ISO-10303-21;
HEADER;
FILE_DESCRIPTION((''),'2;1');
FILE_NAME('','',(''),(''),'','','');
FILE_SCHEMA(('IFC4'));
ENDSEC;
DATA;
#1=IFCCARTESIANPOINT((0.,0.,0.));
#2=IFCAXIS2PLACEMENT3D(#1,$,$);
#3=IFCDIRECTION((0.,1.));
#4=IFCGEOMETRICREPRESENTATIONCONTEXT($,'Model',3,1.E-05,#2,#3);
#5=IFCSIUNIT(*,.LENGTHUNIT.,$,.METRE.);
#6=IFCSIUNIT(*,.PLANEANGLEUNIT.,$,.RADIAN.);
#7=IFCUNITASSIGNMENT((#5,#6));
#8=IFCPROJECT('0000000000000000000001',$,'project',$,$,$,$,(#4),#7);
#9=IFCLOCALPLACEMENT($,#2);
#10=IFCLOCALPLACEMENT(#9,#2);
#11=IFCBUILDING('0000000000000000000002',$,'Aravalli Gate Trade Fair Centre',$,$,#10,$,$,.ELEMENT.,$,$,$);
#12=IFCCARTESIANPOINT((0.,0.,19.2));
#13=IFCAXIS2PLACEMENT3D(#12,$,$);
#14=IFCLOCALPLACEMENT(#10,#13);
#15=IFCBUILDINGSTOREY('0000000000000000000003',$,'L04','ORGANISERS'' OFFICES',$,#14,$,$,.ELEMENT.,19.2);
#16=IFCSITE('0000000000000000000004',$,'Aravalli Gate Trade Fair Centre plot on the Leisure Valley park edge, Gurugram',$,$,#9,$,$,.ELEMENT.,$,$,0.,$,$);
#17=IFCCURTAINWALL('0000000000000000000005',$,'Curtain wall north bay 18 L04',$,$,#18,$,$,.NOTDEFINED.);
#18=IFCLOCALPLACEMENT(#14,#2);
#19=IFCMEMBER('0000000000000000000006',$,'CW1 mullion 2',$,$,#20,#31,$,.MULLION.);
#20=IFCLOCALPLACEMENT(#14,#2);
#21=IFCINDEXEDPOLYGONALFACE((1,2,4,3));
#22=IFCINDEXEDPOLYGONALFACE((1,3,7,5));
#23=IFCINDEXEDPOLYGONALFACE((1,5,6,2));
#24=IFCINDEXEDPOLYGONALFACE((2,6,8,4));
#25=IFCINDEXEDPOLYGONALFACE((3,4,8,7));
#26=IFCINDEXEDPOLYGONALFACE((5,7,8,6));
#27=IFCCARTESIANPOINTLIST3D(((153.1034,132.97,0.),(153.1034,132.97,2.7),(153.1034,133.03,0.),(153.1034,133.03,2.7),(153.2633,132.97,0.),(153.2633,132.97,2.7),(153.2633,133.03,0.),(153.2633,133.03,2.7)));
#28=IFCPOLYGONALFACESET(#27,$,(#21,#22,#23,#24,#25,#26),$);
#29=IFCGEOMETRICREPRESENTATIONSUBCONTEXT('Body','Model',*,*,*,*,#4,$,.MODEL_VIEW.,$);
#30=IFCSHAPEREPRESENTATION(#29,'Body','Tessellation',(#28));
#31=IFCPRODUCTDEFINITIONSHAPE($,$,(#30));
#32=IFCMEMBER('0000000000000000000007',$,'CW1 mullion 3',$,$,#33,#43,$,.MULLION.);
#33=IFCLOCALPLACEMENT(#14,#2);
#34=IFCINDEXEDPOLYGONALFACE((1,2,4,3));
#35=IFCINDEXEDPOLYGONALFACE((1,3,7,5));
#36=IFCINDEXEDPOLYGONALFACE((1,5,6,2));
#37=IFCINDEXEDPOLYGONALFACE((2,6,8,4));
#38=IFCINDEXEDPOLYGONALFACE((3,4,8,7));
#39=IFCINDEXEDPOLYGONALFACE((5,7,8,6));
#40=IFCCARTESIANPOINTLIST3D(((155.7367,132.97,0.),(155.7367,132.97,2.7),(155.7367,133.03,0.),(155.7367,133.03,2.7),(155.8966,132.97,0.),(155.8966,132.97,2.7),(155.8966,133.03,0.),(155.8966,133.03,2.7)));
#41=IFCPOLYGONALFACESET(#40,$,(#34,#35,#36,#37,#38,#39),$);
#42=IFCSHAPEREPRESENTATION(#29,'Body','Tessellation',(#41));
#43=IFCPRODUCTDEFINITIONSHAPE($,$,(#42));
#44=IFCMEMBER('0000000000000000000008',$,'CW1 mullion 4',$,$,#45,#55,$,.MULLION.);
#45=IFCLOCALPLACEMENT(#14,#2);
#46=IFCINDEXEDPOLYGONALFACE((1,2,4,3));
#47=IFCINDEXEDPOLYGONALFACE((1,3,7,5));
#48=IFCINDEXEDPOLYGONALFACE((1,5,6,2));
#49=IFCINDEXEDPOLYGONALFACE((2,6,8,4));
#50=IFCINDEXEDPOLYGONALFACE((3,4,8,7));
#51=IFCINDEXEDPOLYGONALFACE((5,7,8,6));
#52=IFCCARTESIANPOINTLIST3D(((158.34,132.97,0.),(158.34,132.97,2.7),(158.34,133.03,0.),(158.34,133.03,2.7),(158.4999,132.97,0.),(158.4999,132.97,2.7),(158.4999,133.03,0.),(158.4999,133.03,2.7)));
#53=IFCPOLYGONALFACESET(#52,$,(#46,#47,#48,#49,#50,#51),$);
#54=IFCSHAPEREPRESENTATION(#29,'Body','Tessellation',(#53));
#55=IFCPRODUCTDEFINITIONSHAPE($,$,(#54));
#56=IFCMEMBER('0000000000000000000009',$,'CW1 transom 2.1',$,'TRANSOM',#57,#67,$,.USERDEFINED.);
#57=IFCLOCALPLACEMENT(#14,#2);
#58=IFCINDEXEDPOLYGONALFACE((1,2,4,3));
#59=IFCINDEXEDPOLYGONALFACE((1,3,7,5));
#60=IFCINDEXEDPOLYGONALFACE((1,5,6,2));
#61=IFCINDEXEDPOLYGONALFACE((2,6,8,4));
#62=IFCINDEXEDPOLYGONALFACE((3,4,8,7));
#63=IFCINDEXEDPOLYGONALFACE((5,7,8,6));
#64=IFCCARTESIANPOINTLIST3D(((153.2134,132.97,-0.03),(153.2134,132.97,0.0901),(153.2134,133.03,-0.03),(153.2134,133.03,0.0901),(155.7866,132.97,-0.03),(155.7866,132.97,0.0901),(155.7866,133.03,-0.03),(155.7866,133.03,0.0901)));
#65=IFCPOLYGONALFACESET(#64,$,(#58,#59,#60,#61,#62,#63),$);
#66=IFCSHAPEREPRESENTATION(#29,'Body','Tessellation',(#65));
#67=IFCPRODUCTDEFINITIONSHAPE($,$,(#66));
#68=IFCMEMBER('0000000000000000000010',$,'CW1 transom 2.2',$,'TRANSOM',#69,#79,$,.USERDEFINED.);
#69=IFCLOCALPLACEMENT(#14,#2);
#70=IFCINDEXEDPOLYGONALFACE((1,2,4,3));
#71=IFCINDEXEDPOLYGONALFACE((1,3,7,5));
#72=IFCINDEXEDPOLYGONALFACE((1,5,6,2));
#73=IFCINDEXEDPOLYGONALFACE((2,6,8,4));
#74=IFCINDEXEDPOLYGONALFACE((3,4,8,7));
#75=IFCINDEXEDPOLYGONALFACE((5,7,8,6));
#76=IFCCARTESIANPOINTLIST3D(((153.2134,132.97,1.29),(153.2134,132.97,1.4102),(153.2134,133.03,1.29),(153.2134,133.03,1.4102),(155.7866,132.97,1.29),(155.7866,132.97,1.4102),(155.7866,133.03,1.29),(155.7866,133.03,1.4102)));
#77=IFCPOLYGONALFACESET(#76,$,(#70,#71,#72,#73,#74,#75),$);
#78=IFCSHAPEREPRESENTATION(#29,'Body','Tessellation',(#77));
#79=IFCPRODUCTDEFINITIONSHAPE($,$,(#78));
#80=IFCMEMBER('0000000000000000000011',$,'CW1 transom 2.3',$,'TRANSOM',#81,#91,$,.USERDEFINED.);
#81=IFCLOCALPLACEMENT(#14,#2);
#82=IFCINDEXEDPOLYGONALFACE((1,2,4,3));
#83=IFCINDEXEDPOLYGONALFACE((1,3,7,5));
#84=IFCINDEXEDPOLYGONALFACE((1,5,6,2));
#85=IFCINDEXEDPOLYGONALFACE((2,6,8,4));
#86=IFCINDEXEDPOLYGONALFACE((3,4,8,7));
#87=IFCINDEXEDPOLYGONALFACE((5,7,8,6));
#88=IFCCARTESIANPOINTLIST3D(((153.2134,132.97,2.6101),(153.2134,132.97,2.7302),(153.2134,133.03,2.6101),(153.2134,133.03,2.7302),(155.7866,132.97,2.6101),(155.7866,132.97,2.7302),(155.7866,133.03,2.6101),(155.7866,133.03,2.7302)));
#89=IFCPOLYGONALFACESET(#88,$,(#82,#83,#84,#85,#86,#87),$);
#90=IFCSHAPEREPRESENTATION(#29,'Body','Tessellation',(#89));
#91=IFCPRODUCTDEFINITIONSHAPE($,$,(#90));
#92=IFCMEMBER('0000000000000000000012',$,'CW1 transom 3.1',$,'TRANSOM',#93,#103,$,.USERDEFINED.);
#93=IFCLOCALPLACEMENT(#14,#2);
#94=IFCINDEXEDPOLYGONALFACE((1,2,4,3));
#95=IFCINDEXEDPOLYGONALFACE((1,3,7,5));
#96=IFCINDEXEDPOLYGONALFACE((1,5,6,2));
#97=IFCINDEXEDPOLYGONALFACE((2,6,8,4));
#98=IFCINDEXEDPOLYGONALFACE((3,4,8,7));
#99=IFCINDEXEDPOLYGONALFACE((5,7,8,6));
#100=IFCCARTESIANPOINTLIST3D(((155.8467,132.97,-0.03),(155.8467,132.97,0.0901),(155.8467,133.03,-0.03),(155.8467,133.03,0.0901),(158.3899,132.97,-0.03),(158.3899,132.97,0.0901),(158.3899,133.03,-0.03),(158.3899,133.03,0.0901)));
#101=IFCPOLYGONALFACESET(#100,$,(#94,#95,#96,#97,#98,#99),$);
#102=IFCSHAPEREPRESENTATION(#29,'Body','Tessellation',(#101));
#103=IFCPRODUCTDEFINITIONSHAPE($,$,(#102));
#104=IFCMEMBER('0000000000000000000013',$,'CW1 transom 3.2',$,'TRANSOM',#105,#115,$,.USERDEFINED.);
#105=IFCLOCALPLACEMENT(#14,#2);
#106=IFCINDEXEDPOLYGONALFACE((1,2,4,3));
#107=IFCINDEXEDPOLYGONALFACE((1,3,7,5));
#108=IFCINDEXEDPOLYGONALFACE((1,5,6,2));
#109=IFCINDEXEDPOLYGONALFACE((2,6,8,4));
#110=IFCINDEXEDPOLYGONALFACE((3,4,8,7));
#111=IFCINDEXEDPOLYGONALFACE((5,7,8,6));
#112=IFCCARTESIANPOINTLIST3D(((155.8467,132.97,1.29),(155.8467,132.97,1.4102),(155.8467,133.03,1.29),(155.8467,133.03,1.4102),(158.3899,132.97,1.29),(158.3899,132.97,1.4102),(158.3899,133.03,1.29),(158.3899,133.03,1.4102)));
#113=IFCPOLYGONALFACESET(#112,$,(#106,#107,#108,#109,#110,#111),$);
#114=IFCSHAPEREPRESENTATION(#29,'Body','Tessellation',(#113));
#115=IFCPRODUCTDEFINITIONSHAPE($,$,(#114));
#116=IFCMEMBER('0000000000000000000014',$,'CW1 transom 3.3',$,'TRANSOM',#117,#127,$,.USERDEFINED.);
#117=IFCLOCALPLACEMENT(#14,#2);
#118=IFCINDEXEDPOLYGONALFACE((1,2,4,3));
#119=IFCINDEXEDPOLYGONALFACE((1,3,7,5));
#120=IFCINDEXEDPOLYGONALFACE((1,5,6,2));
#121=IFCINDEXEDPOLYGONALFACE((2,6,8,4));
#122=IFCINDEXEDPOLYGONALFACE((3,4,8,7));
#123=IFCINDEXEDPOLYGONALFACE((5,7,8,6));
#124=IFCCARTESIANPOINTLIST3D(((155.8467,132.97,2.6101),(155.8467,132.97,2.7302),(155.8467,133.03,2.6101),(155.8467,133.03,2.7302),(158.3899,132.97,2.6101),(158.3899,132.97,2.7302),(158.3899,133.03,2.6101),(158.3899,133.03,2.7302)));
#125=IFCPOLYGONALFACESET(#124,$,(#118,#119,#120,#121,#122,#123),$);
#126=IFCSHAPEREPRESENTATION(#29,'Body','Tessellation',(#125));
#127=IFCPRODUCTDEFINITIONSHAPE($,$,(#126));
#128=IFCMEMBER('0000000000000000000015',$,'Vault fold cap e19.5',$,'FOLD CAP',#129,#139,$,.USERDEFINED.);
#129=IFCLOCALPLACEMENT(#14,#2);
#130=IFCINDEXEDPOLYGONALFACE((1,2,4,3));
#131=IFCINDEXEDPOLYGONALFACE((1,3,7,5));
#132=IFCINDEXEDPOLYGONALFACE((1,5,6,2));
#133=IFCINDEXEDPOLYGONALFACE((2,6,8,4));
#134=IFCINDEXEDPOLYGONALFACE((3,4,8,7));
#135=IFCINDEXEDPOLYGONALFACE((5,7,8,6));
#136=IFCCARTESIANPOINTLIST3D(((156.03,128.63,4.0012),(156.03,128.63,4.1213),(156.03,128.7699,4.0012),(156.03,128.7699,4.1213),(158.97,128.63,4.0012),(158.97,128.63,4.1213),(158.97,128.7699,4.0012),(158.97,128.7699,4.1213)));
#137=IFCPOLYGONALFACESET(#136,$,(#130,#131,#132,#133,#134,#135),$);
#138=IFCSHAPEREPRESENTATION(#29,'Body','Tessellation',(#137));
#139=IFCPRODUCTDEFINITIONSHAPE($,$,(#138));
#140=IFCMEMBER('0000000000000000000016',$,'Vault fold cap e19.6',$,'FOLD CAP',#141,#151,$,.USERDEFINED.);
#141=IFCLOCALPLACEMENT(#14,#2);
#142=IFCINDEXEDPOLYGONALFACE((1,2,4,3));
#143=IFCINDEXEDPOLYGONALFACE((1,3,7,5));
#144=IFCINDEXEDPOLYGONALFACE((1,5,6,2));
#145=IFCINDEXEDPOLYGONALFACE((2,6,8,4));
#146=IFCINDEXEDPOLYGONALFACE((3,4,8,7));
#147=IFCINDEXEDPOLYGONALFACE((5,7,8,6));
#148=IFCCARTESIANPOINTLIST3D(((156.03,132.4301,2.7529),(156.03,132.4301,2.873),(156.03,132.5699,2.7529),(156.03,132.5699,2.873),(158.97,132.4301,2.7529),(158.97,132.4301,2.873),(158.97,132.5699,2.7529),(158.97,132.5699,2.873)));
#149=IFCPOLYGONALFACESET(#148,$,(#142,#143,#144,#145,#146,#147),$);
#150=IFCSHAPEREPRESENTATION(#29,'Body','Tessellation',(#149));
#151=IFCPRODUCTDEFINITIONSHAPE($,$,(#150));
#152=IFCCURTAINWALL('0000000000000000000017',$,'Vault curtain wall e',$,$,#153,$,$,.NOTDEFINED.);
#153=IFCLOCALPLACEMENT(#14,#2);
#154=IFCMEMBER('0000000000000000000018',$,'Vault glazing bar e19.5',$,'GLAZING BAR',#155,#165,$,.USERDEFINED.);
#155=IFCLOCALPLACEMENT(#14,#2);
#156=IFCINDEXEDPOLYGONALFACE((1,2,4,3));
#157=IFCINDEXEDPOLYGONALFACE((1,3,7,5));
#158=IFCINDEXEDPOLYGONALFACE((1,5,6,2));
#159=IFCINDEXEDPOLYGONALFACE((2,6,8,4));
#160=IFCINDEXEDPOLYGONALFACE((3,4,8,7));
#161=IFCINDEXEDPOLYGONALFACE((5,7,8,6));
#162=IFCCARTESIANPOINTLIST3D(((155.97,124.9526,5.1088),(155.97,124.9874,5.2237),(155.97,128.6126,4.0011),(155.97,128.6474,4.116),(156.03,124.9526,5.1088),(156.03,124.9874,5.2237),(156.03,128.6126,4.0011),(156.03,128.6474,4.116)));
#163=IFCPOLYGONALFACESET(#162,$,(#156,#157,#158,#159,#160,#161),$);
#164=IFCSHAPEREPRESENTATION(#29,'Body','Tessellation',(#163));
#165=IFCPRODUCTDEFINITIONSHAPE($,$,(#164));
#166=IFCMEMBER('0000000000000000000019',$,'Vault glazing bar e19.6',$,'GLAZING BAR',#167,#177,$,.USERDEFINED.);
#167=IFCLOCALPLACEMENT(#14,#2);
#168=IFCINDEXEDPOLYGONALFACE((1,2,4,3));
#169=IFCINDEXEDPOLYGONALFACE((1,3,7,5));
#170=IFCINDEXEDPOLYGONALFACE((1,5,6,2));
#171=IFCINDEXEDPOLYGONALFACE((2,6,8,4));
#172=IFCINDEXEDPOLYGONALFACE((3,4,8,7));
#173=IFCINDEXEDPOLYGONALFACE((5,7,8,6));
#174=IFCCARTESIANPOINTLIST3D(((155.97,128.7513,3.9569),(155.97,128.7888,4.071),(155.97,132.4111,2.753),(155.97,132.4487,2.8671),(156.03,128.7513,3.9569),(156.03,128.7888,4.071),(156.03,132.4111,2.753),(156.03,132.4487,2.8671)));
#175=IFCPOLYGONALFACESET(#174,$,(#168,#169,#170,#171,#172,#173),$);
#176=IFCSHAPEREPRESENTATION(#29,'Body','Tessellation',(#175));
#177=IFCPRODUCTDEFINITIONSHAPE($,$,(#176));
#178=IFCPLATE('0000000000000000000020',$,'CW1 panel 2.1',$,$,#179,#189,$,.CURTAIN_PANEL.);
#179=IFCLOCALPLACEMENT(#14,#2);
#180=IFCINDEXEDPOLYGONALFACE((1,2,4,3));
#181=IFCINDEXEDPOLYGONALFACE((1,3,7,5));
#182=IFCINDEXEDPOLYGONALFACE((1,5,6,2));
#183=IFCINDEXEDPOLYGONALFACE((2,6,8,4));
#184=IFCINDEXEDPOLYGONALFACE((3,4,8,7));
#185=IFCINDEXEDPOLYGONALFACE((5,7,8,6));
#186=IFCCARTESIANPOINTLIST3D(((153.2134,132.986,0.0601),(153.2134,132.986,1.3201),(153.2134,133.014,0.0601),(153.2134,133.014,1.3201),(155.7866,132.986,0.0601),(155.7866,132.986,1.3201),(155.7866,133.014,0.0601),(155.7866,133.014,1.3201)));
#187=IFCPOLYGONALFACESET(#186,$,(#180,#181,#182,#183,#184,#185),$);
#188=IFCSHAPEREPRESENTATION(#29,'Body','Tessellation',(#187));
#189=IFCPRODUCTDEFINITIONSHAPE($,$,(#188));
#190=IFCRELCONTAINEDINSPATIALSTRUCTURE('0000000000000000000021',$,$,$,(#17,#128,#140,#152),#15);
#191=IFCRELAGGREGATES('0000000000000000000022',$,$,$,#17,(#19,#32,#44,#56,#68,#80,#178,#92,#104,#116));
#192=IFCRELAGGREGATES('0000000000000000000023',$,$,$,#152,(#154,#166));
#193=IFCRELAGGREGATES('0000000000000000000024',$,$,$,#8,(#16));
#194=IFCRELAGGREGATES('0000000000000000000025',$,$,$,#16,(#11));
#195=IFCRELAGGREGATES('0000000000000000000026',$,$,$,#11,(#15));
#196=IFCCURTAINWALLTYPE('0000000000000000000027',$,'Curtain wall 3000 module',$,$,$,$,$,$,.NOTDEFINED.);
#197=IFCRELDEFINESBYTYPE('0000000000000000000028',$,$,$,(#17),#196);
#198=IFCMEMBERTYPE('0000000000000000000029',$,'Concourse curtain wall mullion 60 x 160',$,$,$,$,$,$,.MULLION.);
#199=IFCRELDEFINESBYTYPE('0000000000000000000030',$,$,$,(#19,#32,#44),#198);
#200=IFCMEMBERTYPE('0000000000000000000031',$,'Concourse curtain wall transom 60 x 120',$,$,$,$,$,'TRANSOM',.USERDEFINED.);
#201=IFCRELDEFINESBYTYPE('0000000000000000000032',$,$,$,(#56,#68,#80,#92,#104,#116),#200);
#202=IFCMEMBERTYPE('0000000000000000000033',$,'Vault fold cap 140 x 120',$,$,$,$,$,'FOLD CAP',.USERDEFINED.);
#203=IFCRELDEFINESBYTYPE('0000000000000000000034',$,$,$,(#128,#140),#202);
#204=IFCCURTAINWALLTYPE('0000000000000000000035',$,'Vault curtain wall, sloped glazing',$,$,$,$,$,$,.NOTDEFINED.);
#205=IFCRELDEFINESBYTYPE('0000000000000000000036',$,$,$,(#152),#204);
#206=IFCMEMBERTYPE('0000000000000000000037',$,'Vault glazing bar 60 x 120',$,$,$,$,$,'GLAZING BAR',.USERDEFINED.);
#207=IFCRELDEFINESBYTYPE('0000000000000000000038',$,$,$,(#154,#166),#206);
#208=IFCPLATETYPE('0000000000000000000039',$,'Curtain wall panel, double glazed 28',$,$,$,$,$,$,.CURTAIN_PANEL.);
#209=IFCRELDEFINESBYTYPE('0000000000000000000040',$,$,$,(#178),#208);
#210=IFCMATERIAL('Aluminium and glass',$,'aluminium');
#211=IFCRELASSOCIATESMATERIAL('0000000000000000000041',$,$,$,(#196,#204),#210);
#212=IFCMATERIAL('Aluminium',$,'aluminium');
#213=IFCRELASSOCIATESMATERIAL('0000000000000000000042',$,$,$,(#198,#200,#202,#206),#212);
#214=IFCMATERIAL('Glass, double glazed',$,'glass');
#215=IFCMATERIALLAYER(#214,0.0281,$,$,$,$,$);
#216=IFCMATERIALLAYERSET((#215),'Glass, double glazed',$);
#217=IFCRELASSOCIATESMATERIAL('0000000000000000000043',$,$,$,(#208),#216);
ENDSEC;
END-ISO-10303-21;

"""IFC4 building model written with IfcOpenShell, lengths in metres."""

from ifc_helpers import new_model, si_unit, direction, frame, origin, origin_2d, place, context, subcontext, project, spatial, rectangle, extrude, material, layer, layer_set, material_profile, profile_set, type_object, element, aggregate, save


model = new_model("IFC4")

# Units and contexts
model_context = context("Model", 3, precision=1e-05, world=origin(), true_north=direction((0.0, 1.0)))
body_context = subcontext(model_context, "Body", "Model", "MODEL_VIEW")
ifc_project = project(units=[si_unit("LENGTHUNIT", "METRE"), si_unit("PLANEANGLEUNIT", "RADIAN")], contexts=[model_context])

# Site, building, storey
site_placement = place(None, origin())
site = spatial("IfcSite", under=ifc_project, at=site_placement, Name="Aravalli Gate Trade Fair Centre plot on the Leisure Valley park edge, Gurugram", CompositionType="ELEMENT", RefElevation=0.0)
building_placement = place(site_placement, origin())
building = spatial("IfcBuilding", under=site, at=building_placement, Name="Aravalli Gate Trade Fair Centre", CompositionType="ELEMENT")
storey_placement = place(building_placement, frame((0.0, 0.0, 19.2)))
storey = spatial("IfcBuildingStorey", under=building, at=storey_placement, Name="L04", Description="ORGANISERS' OFFICES", CompositionType="ELEMENT", Elevation=19.2)

# Curtain wall, members
ifc_material_1 = material(Name="Aluminium and glass", Category="aluminium")
curtain_wall_type_1 = type_object("IfcCurtainWallType", Name="Curtain wall 3000 module", PredefinedType="NOTDEFINED", material=ifc_material_1)
curtain_wall_1_placement = place(storey_placement, origin())
curtain_wall_1 = element("IfcCurtainWall", 1, at=curtain_wall_1_placement, inside=storey, type_object=curtain_wall_type_1, Name="Curtain wall north bay 18 L04", PredefinedType="NOTDEFINED")
ifc_material_2 = material(Name="Aluminium", Category="aluminium")
ifc_material_profile_1 = material_profile(ifc_material_2, rectangle(XDim=0.0601, YDim=0.1599, at=origin_2d()), Name="Concourse curtain wall mullion 60 x 160")
ifc_profile_set_1 = profile_set([ifc_material_profile_1], Name="Aluminium")
member_type_1 = type_object("IfcMemberType", Name="Concourse curtain wall mullion 60 x 160", PredefinedType="MULLION", material=ifc_profile_set_1)
member_1_placement = place(storey_placement, frame((153.1833, 133.0, 0.0), z_axis=(0.0, 0.0, 1.0), x_axis=(0.0, 1.0, 0.0)))
member_1 = element("IfcMember", 2, at=member_1_placement, type_object=member_type_1, Name="CW1 mullion 2", PredefinedType="MULLION", context=body_context, shape_type="SweptSolid", body=[
    extrude(rectangle(XDim=0.0601, YDim=0.1599, at=origin_2d()), origin(), (0.0, 0.0, 1.0), 2.7),
])
member_2_placement = place(storey_placement, frame((155.8167, 133.0, 0.0), z_axis=(0.0, 0.0, 1.0), x_axis=(0.0, 1.0, 0.0)))
member_2 = element("IfcMember", 3, at=member_2_placement, type_object=member_type_1, Name="CW1 mullion 3", PredefinedType="MULLION", context=body_context, shape_type="SweptSolid", body=[
    extrude(rectangle(XDim=0.0601, YDim=0.1599, at=origin_2d()), origin(), (0.0, 0.0, 1.0), 2.7),
])
member_3_placement = place(storey_placement, frame((158.4199, 133.0, 0.0), z_axis=(0.0, 0.0, 1.0), x_axis=(0.0, 1.0, 0.0)))
member_3 = element("IfcMember", 4, at=member_3_placement, type_object=member_type_1, Name="CW1 mullion 4", PredefinedType="MULLION", context=body_context, shape_type="SweptSolid", body=[
    extrude(rectangle(XDim=0.0601, YDim=0.1599, at=origin_2d()), origin(), (0.0, 0.0, 1.0), 2.7),
])
ifc_material_profile_2 = material_profile(ifc_material_2, rectangle(XDim=0.0601, YDim=0.1201, at=origin_2d()), Name="Concourse curtain wall transom 60 x 120")
ifc_profile_set_2 = profile_set([ifc_material_profile_2], Name="Aluminium")
member_type_2 = type_object("IfcMemberType", Name="Concourse curtain wall transom 60 x 120", ElementType="TRANSOM", PredefinedType="USERDEFINED", material=ifc_profile_set_2)
member_4_placement = place(storey_placement, frame((153.2134, 133.0, 0.03), z_axis=(1.0, 0.0, 0.0), x_axis=(0.0, 1.0, 0.0)))
member_4 = element("IfcMember", 5, at=member_4_placement, type_object=member_type_2, Name="CW1 transom 2.1", ObjectType="TRANSOM", PredefinedType="USERDEFINED", context=body_context, shape_type="SweptSolid", body=[
    extrude(rectangle(XDim=0.0601, YDim=0.1201, at=origin_2d()), origin(), (0.0, 0.0, 1.0), 2.5732),
])
member_5_placement = place(storey_placement, frame((153.2134, 133.0, 1.3501), z_axis=(1.0, 0.0, 0.0), x_axis=(0.0, 1.0, 0.0)))
member_5 = element("IfcMember", 6, at=member_5_placement, type_object=member_type_2, Name="CW1 transom 2.2", ObjectType="TRANSOM", PredefinedType="USERDEFINED", context=body_context, shape_type="SweptSolid", body=[
    extrude(rectangle(XDim=0.0601, YDim=0.1201, at=origin_2d()), origin(), (0.0, 0.0, 1.0), 2.5732),
])
member_6_placement = place(storey_placement, frame((153.2134, 133.0, 2.6702), z_axis=(1.0, 0.0, 0.0), x_axis=(0.0, 1.0, 0.0)))
member_6 = element("IfcMember", 7, at=member_6_placement, type_object=member_type_2, Name="CW1 transom 2.3", ObjectType="TRANSOM", PredefinedType="USERDEFINED", context=body_context, shape_type="SweptSolid", body=[
    extrude(rectangle(XDim=0.0601, YDim=0.1201, at=origin_2d()), origin(), (0.0, 0.0, 1.0), 2.5732),
])
member_7_placement = place(storey_placement, frame((155.8467, 133.0, 0.03), z_axis=(1.0, 0.0, 0.0), x_axis=(0.0, 1.0, 0.0)))
member_7 = element("IfcMember", 8, at=member_7_placement, type_object=member_type_2, Name="CW1 transom 3.1", ObjectType="TRANSOM", PredefinedType="USERDEFINED", context=body_context, shape_type="SweptSolid", body=[
    extrude(rectangle(XDim=0.0601, YDim=0.1201, at=origin_2d()), origin(), (0.0, 0.0, 1.0), 2.5432),
])
member_8_placement = place(storey_placement, frame((155.8467, 133.0, 1.3501), z_axis=(1.0, 0.0, 0.0), x_axis=(0.0, 1.0, 0.0)))
member_8 = element("IfcMember", 9, at=member_8_placement, type_object=member_type_2, Name="CW1 transom 3.2", ObjectType="TRANSOM", PredefinedType="USERDEFINED", context=body_context, shape_type="SweptSolid", body=[
    extrude(rectangle(XDim=0.0601, YDim=0.1201, at=origin_2d()), origin(), (0.0, 0.0, 1.0), 2.5432),
])
member_9_placement = place(storey_placement, frame((155.8467, 133.0, 2.6702), z_axis=(1.0, 0.0, 0.0), x_axis=(0.0, 1.0, 0.0)))
member_9 = element("IfcMember", 10, at=member_9_placement, type_object=member_type_2, Name="CW1 transom 3.3", ObjectType="TRANSOM", PredefinedType="USERDEFINED", context=body_context, shape_type="SweptSolid", body=[
    extrude(rectangle(XDim=0.0601, YDim=0.1201, at=origin_2d()), origin(), (0.0, 0.0, 1.0), 2.5432),
])

# Members
ifc_material_profile_3 = material_profile(ifc_material_2, rectangle(XDim=0.1399, YDim=0.1201, at=origin_2d()), Name="Vault fold cap 140 x 120")
ifc_profile_set_3 = profile_set([ifc_material_profile_3], Name="Aluminium")
member_type_3 = type_object("IfcMemberType", Name="Vault fold cap 140 x 120", ElementType="FOLD CAP", PredefinedType="USERDEFINED", material=ifc_profile_set_3)
for number, where, z_axis, x_axis, name in (
    (11, (156.03, 128.7, 4.0613), (1.0, 0.0, 0.0), (0.0, 1.0, 0.0), "Vault fold cap e19.5"),
    (12, (156.03, 132.5, 2.813), (1.0, 0.0, 0.0), (0.0, 1.0, 0.0), "Vault fold cap e19.6"),
):
    element("IfcMember", number, at=place(storey_placement, frame(where, z_axis=z_axis, x_axis=x_axis)), inside=storey, type_object=member_type_3, Name=name, ObjectType="FOLD CAP", PredefinedType="USERDEFINED", context=body_context, shape_type="SweptSolid", body=[
        extrude(rectangle(XDim=0.1399, YDim=0.1201, at=origin_2d()), origin(), (0.0, 0.0, 1.0), 2.9399),
    ])

# Curtain wall, members
curtain_wall_type_2 = type_object("IfcCurtainWallType", Name="Vault curtain wall, sloped glazing", PredefinedType="NOTDEFINED", material=ifc_material_1)
curtain_wall_2_placement = place(storey_placement, origin())
curtain_wall_2 = element("IfcCurtainWall", 13, at=curtain_wall_2_placement, inside=storey, type_object=curtain_wall_type_2, Name="Vault curtain wall e", PredefinedType="NOTDEFINED")
ifc_material_profile_4 = material_profile(ifc_material_2, rectangle(XDim=0.0601, YDim=0.1201, at=origin_2d()), Name="Vault glazing bar 60 x 120")
ifc_profile_set_4 = profile_set([ifc_material_profile_4], Name="Aluminium")
member_type_4 = type_object("IfcMemberType", Name="Vault glazing bar 60 x 120", ElementType="GLAZING BAR", PredefinedType="USERDEFINED", material=ifc_profile_set_4)
member_10_placement = place(storey_placement, frame((156.0, 124.97, 5.1663), z_axis=(0.0, 0.957126, -0.289672), x_axis=(-1.0, 0.0, 0.0)))
member_10 = element("IfcMember", 14, at=member_10_placement, type_object=member_type_4, Name="Vault glazing bar e19.5", ObjectType="GLAZING BAR", PredefinedType="USERDEFINED", context=body_context, shape_type="SweptSolid", body=[
    extrude(rectangle(XDim=0.0601, YDim=0.1201, at=origin_2d()), origin(), (0.0, 0.0, 1.0), 3.824),
])
member_11_placement = place(storey_placement, frame((156.0, 128.77, 4.0139), z_axis=(0.0, 0.94993, -0.312461), x_axis=(-1.0, 0.0, 0.0)))
member_11 = element("IfcMember", 15, at=member_11_placement, type_object=member_type_4, Name="Vault glazing bar e19.6", ObjectType="GLAZING BAR", PredefinedType="USERDEFINED", context=body_context, shape_type="SweptSolid", body=[
    extrude(rectangle(XDim=0.0601, YDim=0.1201, at=origin_2d()), origin(), (0.0, 0.0, 1.0), 3.8528),
])

# Plate
ifc_material_3 = material(Name="Glass, double glazed", Category="glass")
ifc_layer_1 = layer(ifc_material_3, 0.0281)
ifc_layer_set_1 = layer_set([ifc_layer_1], Name="Glass, double glazed")
plate_type_1 = type_object("IfcPlateType", Name="Curtain wall panel, double glazed 28", PredefinedType="CURTAIN_PANEL", material=ifc_layer_set_1)
plate_1_placement = place(storey_placement, frame((154.5, 133.0, 0.0601), z_axis=(0.0, 0.0, 1.0), x_axis=(1.0, 0.0, 0.0)))
plate_1 = element("IfcPlate", 16, at=plate_1_placement, type_object=plate_type_1, Name="CW1 panel 2.1", PredefinedType="CURTAIN_PANEL", context=body_context, shape_type="SweptSolid", body=[
    extrude(rectangle(XDim=2.5732, YDim=0.0281, at=origin_2d()), origin(), (0.0, 0.0, 1.0), 1.26),
])
aggregate(curtain_wall_1, [member_1, member_2, member_3, member_4, member_5, member_6, plate_1, member_7, member_8, member_9])
aggregate(curtain_wall_2, [member_10, member_11])

save(model, "model.ifc")
